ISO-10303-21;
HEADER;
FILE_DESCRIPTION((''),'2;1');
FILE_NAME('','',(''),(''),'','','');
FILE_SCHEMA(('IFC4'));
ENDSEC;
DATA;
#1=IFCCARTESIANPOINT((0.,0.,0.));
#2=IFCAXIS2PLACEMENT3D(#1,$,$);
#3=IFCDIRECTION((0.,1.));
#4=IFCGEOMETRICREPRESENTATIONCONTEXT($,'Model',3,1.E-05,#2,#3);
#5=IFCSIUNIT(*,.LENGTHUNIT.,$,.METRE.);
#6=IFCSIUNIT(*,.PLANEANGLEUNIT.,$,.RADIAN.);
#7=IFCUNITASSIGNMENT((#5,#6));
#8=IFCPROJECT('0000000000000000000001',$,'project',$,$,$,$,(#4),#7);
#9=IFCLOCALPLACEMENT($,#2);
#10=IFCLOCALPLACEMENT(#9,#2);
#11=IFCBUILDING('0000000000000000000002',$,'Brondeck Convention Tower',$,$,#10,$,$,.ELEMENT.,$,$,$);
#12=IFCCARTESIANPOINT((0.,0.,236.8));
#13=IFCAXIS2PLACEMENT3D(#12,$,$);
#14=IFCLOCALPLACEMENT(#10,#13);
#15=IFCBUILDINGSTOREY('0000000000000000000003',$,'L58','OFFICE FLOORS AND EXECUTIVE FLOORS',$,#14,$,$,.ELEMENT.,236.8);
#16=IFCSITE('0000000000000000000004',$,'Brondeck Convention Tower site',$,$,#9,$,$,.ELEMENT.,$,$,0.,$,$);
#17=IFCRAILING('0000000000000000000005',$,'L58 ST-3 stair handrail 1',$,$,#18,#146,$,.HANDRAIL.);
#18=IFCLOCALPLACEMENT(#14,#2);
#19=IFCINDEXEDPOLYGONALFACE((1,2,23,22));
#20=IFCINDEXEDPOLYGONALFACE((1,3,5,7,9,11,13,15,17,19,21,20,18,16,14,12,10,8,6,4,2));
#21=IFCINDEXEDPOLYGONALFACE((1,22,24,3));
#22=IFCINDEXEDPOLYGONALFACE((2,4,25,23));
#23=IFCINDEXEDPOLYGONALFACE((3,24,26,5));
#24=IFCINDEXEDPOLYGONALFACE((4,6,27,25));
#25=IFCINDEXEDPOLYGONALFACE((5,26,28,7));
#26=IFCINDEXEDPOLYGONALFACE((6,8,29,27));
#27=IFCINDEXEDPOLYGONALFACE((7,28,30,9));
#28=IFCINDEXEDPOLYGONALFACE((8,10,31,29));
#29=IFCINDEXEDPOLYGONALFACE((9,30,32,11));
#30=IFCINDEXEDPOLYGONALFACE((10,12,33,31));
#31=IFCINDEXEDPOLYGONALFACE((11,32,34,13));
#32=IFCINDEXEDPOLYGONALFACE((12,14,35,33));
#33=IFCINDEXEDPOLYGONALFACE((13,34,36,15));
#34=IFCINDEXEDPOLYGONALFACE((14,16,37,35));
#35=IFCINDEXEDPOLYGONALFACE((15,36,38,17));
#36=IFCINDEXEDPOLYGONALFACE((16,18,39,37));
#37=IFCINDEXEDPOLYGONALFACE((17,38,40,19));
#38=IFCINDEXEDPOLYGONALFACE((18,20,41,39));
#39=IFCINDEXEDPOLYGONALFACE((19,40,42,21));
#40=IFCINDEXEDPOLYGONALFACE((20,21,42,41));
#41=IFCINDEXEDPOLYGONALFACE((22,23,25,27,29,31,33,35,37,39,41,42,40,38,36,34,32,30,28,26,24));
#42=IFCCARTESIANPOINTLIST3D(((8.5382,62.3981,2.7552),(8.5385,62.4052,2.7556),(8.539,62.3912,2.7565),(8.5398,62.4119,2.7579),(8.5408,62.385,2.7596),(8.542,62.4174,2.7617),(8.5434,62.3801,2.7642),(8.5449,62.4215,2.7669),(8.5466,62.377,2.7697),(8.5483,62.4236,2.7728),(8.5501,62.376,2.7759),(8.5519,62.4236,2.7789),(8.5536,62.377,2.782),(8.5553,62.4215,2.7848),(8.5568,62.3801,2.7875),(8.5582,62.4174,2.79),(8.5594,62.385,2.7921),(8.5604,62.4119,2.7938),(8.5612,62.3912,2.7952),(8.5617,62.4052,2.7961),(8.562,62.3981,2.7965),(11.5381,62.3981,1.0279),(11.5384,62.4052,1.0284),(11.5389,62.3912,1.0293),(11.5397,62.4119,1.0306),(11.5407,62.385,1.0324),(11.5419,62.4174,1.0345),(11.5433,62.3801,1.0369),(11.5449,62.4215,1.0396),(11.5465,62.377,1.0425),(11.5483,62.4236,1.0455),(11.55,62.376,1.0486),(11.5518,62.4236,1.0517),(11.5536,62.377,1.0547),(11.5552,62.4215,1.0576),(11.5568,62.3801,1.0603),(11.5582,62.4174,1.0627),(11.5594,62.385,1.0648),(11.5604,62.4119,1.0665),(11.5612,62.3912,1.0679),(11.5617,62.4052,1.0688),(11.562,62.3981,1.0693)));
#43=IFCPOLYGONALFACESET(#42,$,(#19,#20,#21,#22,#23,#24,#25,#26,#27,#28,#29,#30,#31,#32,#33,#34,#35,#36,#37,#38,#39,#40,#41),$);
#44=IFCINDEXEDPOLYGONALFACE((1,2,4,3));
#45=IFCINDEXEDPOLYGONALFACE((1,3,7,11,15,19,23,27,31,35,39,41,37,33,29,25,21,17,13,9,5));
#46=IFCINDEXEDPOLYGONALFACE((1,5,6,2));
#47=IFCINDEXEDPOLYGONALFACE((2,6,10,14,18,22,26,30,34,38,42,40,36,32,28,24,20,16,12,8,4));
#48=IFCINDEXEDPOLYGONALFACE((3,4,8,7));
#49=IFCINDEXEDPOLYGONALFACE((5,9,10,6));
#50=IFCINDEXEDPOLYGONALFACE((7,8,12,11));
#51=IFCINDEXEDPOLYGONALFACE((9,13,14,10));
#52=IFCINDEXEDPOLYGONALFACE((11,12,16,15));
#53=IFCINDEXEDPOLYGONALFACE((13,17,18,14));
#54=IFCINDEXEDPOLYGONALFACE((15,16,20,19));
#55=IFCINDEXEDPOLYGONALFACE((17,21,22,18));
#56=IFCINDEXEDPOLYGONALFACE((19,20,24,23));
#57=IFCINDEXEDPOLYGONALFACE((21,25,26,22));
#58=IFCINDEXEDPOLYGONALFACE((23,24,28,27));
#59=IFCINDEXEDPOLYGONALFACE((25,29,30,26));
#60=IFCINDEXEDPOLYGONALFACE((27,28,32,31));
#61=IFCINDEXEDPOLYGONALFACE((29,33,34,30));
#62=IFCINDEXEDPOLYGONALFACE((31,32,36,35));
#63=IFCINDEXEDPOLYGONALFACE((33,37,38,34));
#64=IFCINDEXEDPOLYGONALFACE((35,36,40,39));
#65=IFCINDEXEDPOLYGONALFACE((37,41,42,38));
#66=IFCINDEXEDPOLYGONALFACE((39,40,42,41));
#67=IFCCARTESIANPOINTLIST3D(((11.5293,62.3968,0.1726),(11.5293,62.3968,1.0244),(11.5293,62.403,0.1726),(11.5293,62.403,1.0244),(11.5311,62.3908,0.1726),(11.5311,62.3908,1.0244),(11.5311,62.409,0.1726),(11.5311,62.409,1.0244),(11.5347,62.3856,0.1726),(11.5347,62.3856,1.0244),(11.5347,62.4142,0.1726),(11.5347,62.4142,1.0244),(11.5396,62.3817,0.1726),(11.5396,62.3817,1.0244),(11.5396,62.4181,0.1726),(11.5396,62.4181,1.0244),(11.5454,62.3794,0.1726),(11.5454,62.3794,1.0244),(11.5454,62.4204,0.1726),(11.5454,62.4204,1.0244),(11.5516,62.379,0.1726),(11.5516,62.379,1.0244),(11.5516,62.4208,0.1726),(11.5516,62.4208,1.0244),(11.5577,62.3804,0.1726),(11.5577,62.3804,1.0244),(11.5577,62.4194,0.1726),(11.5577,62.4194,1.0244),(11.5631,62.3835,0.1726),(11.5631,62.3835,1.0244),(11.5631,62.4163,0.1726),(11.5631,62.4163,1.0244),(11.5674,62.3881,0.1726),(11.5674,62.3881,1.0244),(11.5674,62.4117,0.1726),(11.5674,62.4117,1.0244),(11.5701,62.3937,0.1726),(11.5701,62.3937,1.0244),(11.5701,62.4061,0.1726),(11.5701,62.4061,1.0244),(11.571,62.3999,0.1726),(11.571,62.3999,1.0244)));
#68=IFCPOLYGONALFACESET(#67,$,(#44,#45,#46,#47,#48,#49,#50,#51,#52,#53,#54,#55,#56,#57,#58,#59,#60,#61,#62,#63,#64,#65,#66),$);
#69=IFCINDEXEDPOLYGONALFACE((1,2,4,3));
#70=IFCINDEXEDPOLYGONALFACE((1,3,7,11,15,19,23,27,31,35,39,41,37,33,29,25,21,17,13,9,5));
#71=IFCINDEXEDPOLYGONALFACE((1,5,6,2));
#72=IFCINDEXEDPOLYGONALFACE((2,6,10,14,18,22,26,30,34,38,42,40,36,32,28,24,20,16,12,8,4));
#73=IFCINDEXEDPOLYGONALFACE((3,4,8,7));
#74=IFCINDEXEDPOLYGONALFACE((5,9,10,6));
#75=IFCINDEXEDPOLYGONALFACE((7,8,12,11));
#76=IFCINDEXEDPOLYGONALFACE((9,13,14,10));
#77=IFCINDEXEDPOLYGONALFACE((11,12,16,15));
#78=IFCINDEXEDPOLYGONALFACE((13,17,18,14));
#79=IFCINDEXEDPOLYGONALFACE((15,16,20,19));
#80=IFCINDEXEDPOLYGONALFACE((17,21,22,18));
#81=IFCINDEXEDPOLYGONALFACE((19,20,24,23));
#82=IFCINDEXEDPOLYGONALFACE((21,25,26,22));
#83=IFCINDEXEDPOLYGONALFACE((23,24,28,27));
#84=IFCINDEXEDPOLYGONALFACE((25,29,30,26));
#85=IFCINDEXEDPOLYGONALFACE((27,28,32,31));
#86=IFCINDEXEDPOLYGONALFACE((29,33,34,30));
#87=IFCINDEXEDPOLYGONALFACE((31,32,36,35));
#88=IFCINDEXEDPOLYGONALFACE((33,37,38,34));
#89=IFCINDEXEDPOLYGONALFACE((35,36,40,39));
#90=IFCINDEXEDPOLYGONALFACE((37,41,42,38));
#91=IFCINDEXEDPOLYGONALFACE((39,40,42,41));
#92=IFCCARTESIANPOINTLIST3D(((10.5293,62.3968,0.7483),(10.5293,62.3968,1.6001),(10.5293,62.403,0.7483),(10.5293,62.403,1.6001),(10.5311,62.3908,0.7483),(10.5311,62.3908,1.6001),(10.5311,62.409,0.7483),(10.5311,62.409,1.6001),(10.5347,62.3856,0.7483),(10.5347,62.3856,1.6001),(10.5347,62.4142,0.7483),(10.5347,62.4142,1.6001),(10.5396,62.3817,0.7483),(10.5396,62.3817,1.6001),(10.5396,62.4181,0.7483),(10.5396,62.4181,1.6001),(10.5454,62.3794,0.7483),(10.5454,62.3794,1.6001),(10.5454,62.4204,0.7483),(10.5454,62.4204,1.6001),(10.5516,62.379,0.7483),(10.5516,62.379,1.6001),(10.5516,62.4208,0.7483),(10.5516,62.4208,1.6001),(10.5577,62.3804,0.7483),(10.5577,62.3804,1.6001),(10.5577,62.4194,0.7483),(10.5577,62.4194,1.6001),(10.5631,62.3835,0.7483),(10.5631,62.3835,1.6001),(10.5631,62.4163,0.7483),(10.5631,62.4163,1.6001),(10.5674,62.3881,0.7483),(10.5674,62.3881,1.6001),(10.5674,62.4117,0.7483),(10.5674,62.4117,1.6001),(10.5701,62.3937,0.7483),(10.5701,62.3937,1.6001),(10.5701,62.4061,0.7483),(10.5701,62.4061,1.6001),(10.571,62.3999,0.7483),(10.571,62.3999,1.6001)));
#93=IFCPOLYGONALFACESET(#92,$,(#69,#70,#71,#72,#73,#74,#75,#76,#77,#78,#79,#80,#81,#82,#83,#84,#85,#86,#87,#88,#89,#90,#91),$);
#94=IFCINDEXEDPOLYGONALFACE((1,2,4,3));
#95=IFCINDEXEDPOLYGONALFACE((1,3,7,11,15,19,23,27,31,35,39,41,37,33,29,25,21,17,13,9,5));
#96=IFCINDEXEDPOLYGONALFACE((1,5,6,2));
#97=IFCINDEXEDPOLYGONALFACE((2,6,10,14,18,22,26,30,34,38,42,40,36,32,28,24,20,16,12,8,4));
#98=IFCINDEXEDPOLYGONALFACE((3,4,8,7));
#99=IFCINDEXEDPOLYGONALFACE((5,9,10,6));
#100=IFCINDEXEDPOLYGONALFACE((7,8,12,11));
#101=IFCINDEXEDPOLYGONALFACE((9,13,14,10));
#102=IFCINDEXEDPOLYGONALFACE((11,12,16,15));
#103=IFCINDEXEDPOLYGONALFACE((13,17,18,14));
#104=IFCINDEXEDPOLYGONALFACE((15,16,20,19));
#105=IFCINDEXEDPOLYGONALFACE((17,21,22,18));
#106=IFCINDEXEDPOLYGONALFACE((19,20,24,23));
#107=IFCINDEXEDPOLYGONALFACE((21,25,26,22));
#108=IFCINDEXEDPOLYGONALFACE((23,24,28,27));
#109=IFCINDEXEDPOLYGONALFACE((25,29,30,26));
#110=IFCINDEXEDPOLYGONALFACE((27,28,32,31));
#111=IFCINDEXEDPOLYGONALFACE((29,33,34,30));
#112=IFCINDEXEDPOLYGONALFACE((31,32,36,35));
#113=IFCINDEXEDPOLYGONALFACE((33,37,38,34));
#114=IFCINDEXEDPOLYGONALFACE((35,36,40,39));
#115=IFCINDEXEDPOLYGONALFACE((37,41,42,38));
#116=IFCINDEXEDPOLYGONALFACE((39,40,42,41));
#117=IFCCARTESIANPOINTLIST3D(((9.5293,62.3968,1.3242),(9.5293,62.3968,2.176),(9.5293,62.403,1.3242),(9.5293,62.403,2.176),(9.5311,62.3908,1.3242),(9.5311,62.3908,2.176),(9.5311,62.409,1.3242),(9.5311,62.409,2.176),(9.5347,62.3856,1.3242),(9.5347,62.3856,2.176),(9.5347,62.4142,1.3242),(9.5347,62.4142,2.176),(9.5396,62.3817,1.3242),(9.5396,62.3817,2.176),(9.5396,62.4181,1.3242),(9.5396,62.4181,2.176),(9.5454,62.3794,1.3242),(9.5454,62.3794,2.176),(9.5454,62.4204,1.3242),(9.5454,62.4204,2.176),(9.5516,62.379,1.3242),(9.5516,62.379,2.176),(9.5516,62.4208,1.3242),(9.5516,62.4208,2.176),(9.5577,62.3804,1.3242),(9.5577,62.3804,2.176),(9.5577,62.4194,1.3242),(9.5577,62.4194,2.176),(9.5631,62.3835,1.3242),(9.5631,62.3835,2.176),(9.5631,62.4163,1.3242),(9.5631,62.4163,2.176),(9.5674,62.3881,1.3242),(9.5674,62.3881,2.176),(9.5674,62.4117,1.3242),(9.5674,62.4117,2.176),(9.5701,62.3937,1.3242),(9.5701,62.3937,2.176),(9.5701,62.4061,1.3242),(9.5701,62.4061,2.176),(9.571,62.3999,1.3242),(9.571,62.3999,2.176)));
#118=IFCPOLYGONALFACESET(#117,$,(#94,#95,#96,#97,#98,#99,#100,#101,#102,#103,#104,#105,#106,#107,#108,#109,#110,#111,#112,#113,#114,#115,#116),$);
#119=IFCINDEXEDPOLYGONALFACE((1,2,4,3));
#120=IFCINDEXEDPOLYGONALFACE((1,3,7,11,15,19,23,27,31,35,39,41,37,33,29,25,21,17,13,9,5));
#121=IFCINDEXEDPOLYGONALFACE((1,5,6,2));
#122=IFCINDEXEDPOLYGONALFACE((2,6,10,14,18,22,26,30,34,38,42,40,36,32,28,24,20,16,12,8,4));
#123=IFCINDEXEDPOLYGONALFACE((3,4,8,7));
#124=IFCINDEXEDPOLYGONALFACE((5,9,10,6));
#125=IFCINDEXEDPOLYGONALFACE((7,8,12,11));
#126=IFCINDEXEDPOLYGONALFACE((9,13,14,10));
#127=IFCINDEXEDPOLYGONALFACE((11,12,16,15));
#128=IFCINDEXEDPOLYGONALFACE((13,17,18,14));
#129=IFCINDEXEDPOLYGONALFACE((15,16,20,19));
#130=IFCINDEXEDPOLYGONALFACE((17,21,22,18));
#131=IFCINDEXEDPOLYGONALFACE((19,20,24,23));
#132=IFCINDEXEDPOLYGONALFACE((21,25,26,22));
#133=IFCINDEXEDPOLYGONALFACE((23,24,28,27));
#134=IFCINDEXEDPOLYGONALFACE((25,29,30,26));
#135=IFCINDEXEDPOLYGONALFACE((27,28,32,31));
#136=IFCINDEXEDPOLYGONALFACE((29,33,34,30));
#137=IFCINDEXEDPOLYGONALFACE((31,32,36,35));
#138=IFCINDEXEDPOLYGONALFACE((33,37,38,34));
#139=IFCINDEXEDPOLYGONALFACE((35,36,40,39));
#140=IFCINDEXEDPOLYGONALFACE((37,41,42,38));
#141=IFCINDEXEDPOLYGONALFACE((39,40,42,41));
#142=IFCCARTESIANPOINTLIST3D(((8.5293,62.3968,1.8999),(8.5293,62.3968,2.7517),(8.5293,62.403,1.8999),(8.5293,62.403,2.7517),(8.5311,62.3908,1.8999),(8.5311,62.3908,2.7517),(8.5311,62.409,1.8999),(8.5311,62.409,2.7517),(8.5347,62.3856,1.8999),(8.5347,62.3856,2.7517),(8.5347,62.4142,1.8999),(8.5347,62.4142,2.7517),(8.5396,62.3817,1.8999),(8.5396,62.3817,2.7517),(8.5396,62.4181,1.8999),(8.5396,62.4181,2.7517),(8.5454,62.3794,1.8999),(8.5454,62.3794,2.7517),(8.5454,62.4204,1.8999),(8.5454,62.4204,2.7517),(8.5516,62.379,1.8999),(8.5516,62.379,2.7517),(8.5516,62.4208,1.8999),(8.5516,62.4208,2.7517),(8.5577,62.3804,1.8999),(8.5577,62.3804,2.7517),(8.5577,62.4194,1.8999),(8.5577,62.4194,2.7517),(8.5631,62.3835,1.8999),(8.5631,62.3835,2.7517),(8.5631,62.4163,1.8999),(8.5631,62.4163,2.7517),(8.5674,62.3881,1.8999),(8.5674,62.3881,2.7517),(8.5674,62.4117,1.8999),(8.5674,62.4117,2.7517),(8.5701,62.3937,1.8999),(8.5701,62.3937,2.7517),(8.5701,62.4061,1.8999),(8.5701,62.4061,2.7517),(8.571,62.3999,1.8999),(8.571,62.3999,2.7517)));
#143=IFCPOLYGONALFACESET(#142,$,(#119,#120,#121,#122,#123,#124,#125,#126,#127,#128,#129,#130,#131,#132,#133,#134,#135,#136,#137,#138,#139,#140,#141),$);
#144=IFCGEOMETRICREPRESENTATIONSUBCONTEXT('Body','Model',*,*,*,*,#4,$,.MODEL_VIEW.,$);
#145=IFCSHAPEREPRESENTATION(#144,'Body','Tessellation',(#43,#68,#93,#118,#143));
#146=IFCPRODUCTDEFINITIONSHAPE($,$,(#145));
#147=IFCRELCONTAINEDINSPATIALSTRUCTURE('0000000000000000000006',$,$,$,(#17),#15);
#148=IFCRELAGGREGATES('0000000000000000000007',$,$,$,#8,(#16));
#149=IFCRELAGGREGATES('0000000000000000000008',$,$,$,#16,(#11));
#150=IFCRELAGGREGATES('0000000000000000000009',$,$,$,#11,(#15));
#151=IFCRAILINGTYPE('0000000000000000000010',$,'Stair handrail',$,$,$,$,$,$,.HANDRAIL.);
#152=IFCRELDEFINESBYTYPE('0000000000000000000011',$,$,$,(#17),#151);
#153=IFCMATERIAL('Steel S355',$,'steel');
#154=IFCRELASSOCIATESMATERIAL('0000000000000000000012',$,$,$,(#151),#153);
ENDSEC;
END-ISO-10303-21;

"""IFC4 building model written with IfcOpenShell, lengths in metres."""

from ifc_helpers import new_model, si_unit, direction, frame, origin, origin_2d, place, context, subcontext, project, spatial, circle, extrude, material, type_object, element, save


model = new_model("IFC4")

# Units and contexts
model_context = context("Model", 3, precision=1e-05, world=origin(), true_north=direction((0.0, 1.0)))
body_context = subcontext(model_context, "Body", "Model", "MODEL_VIEW")
ifc_project = project(units=[si_unit("LENGTHUNIT", "METRE"), si_unit("PLANEANGLEUNIT", "RADIAN")], contexts=[model_context])

# Site, building, storey
site_placement = place(None, origin())
site = spatial("IfcSite", under=ifc_project, at=site_placement, Name="Brondeck Convention Tower site", CompositionType="ELEMENT", RefElevation=0.0)
building_placement = place(site_placement, origin())
building = spatial("IfcBuilding", under=site, at=building_placement, Name="Brondeck Convention Tower", CompositionType="ELEMENT")
storey_placement = place(building_placement, frame((0.0, 0.0, 236.8)))
storey = spatial("IfcBuildingStorey", under=building, at=storey_placement, Name="L58", Description="OFFICE FLOORS AND EXECUTIVE FLOORS", CompositionType="ELEMENT", Elevation=236.8)

# Railing
ifc_material_1 = material(Name="Steel S355", Category="steel")
railing_type_1 = type_object("IfcRailingType", Name="Stair handrail", PredefinedType="HANDRAIL", material=ifc_material_1)
railing_1_placement = place(storey_placement, frame((11.55, 62.3999, 0.1726)))
element("IfcRailing", 1, at=railing_1_placement, inside=storey, type_object=railing_type_1, Name="L58 ST-3 stair handrail 1", PredefinedType="HANDRAIL", context=body_context, shape_type="SweptSolid", body=[
    extrude(circle(Radius=0.0239, at=origin_2d()), frame((0.0, 0.0, 0.876), z_axis=(-0.86662, 0.0, 0.498969), x_axis=(0.0, -1.0, 0.0)), (0.0, 0.0, 1.0), 3.4617),
    extrude(circle(Radius=0.021, at=origin_2d()), origin(), (0.0, 0.0, 1.0), 0.8518),
    extrude(circle(Radius=0.021, at=origin_2d()), frame((-1.0, 0.0, 0.5757)), (0.0, 0.0, 1.0), 0.8518),
    extrude(circle(Radius=0.021, at=origin_2d()), frame((-2.0, 0.0, 1.1516)), (0.0, 0.0, 1.0), 0.8518),
    extrude(circle(Radius=0.021, at=origin_2d()), frame((-3.0, 0.0, 1.7273)), (0.0, 0.0, 1.0), 0.8518),
])

save(model, "model.ifc")
